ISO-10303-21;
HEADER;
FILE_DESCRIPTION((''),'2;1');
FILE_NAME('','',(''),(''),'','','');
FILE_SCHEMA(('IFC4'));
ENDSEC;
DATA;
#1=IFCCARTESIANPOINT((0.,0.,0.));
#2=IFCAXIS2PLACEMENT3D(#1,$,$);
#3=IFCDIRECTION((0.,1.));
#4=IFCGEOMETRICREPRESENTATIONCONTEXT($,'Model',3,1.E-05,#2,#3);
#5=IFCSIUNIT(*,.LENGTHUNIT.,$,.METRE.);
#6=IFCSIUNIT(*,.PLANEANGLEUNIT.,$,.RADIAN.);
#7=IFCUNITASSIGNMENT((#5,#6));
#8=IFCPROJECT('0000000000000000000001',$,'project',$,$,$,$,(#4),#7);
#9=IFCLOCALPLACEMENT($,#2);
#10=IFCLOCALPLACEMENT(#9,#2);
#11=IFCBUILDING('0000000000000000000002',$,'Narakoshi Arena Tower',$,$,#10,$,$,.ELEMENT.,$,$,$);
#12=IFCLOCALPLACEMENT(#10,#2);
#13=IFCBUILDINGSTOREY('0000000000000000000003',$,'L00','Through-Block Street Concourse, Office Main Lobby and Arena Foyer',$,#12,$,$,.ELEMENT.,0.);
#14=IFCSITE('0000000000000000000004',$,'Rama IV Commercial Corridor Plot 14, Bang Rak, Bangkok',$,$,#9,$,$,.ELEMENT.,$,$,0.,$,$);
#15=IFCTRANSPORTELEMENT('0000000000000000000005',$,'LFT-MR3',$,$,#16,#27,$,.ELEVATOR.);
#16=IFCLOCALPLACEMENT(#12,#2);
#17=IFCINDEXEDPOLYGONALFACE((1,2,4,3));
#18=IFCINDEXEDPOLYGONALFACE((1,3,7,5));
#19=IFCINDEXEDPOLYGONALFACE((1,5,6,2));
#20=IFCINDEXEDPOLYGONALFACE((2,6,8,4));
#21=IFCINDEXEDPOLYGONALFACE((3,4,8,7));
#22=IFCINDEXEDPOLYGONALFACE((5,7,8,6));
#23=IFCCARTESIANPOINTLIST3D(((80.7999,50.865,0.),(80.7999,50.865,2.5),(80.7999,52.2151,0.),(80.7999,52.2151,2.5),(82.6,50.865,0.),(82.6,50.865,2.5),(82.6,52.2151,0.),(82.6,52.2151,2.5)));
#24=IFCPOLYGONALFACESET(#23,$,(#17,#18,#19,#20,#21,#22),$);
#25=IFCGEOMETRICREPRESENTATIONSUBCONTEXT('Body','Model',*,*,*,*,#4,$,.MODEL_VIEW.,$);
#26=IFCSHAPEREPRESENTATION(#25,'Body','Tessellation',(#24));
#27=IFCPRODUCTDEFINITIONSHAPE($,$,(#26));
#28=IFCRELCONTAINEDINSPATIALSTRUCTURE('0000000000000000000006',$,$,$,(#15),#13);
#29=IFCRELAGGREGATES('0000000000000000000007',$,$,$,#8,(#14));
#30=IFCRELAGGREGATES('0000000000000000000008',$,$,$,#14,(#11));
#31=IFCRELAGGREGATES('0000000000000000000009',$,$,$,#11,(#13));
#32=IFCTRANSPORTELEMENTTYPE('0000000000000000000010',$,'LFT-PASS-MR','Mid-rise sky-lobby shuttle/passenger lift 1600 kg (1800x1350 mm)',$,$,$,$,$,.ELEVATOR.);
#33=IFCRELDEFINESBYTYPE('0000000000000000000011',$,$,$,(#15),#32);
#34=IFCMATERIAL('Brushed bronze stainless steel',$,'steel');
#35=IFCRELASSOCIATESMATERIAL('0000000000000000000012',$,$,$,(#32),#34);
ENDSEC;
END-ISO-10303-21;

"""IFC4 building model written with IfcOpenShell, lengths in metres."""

from ifc_helpers import new_model, si_unit, direction, frame, origin, origin_2d, place, context, subcontext, project, spatial, rectangle, extrude, material, type_object, element, save


model = new_model("IFC4")

# Units and contexts
model_context = context("Model", 3, precision=1e-05, world=origin(), true_north=direction((0.0, 1.0)))
body_context = subcontext(model_context, "Body", "Model", "MODEL_VIEW")
ifc_project = project(units=[si_unit("LENGTHUNIT", "METRE"), si_unit("PLANEANGLEUNIT", "RADIAN")], contexts=[model_context])

# Site, building, storey
site_placement = place(None, origin())
site = spatial("IfcSite", under=ifc_project, at=site_placement, Name="Rama IV Commercial Corridor Plot 14, Bang Rak, Bangkok", CompositionType="ELEMENT", RefElevation=0.0)
building_placement = place(site_placement, origin())
building = spatial("IfcBuilding", under=site, at=building_placement, Name="Narakoshi Arena Tower", CompositionType="ELEMENT")
storey_placement = place(building_placement, origin())
storey = spatial("IfcBuildingStorey", under=building, at=storey_placement, Name="L00", Description="Through-Block Street Concourse, Office Main Lobby and Arena Foyer", CompositionType="ELEMENT", Elevation=0.0)

# Shared definitions
ifc_material_1 = material(Name="Brushed bronze stainless steel", Category="steel")

# Transport element
transport_element_type_1 = type_object("IfcTransportElementType", Name="LFT-PASS-MR", Description="Mid-rise sky-lobby shuttle/passenger lift 1600 kg (1800x1350 mm)", PredefinedType="ELEVATOR", material=ifc_material_1)
for number, where, z_axis, x_axis, name in (
    (1, (81.7, 51.54, 0.0), (0.0, 0.0, 1.0), (1.0, 0.0, 0.0), "LFT-MR3"),
):
    element("IfcTransportElement", number, at=place(storey_placement, frame(where, z_axis=z_axis, x_axis=x_axis)), inside=storey, type_object=transport_element_type_1, Name=name, PredefinedType="ELEVATOR", context=body_context, shape_type="SweptSolid", body=[
        extrude(rectangle(XDim=1.8, YDim=1.3501, at=origin_2d()), origin(), (0.0, 0.0, 1.0), 2.5),
    ])

save(model, "model.ifc")
